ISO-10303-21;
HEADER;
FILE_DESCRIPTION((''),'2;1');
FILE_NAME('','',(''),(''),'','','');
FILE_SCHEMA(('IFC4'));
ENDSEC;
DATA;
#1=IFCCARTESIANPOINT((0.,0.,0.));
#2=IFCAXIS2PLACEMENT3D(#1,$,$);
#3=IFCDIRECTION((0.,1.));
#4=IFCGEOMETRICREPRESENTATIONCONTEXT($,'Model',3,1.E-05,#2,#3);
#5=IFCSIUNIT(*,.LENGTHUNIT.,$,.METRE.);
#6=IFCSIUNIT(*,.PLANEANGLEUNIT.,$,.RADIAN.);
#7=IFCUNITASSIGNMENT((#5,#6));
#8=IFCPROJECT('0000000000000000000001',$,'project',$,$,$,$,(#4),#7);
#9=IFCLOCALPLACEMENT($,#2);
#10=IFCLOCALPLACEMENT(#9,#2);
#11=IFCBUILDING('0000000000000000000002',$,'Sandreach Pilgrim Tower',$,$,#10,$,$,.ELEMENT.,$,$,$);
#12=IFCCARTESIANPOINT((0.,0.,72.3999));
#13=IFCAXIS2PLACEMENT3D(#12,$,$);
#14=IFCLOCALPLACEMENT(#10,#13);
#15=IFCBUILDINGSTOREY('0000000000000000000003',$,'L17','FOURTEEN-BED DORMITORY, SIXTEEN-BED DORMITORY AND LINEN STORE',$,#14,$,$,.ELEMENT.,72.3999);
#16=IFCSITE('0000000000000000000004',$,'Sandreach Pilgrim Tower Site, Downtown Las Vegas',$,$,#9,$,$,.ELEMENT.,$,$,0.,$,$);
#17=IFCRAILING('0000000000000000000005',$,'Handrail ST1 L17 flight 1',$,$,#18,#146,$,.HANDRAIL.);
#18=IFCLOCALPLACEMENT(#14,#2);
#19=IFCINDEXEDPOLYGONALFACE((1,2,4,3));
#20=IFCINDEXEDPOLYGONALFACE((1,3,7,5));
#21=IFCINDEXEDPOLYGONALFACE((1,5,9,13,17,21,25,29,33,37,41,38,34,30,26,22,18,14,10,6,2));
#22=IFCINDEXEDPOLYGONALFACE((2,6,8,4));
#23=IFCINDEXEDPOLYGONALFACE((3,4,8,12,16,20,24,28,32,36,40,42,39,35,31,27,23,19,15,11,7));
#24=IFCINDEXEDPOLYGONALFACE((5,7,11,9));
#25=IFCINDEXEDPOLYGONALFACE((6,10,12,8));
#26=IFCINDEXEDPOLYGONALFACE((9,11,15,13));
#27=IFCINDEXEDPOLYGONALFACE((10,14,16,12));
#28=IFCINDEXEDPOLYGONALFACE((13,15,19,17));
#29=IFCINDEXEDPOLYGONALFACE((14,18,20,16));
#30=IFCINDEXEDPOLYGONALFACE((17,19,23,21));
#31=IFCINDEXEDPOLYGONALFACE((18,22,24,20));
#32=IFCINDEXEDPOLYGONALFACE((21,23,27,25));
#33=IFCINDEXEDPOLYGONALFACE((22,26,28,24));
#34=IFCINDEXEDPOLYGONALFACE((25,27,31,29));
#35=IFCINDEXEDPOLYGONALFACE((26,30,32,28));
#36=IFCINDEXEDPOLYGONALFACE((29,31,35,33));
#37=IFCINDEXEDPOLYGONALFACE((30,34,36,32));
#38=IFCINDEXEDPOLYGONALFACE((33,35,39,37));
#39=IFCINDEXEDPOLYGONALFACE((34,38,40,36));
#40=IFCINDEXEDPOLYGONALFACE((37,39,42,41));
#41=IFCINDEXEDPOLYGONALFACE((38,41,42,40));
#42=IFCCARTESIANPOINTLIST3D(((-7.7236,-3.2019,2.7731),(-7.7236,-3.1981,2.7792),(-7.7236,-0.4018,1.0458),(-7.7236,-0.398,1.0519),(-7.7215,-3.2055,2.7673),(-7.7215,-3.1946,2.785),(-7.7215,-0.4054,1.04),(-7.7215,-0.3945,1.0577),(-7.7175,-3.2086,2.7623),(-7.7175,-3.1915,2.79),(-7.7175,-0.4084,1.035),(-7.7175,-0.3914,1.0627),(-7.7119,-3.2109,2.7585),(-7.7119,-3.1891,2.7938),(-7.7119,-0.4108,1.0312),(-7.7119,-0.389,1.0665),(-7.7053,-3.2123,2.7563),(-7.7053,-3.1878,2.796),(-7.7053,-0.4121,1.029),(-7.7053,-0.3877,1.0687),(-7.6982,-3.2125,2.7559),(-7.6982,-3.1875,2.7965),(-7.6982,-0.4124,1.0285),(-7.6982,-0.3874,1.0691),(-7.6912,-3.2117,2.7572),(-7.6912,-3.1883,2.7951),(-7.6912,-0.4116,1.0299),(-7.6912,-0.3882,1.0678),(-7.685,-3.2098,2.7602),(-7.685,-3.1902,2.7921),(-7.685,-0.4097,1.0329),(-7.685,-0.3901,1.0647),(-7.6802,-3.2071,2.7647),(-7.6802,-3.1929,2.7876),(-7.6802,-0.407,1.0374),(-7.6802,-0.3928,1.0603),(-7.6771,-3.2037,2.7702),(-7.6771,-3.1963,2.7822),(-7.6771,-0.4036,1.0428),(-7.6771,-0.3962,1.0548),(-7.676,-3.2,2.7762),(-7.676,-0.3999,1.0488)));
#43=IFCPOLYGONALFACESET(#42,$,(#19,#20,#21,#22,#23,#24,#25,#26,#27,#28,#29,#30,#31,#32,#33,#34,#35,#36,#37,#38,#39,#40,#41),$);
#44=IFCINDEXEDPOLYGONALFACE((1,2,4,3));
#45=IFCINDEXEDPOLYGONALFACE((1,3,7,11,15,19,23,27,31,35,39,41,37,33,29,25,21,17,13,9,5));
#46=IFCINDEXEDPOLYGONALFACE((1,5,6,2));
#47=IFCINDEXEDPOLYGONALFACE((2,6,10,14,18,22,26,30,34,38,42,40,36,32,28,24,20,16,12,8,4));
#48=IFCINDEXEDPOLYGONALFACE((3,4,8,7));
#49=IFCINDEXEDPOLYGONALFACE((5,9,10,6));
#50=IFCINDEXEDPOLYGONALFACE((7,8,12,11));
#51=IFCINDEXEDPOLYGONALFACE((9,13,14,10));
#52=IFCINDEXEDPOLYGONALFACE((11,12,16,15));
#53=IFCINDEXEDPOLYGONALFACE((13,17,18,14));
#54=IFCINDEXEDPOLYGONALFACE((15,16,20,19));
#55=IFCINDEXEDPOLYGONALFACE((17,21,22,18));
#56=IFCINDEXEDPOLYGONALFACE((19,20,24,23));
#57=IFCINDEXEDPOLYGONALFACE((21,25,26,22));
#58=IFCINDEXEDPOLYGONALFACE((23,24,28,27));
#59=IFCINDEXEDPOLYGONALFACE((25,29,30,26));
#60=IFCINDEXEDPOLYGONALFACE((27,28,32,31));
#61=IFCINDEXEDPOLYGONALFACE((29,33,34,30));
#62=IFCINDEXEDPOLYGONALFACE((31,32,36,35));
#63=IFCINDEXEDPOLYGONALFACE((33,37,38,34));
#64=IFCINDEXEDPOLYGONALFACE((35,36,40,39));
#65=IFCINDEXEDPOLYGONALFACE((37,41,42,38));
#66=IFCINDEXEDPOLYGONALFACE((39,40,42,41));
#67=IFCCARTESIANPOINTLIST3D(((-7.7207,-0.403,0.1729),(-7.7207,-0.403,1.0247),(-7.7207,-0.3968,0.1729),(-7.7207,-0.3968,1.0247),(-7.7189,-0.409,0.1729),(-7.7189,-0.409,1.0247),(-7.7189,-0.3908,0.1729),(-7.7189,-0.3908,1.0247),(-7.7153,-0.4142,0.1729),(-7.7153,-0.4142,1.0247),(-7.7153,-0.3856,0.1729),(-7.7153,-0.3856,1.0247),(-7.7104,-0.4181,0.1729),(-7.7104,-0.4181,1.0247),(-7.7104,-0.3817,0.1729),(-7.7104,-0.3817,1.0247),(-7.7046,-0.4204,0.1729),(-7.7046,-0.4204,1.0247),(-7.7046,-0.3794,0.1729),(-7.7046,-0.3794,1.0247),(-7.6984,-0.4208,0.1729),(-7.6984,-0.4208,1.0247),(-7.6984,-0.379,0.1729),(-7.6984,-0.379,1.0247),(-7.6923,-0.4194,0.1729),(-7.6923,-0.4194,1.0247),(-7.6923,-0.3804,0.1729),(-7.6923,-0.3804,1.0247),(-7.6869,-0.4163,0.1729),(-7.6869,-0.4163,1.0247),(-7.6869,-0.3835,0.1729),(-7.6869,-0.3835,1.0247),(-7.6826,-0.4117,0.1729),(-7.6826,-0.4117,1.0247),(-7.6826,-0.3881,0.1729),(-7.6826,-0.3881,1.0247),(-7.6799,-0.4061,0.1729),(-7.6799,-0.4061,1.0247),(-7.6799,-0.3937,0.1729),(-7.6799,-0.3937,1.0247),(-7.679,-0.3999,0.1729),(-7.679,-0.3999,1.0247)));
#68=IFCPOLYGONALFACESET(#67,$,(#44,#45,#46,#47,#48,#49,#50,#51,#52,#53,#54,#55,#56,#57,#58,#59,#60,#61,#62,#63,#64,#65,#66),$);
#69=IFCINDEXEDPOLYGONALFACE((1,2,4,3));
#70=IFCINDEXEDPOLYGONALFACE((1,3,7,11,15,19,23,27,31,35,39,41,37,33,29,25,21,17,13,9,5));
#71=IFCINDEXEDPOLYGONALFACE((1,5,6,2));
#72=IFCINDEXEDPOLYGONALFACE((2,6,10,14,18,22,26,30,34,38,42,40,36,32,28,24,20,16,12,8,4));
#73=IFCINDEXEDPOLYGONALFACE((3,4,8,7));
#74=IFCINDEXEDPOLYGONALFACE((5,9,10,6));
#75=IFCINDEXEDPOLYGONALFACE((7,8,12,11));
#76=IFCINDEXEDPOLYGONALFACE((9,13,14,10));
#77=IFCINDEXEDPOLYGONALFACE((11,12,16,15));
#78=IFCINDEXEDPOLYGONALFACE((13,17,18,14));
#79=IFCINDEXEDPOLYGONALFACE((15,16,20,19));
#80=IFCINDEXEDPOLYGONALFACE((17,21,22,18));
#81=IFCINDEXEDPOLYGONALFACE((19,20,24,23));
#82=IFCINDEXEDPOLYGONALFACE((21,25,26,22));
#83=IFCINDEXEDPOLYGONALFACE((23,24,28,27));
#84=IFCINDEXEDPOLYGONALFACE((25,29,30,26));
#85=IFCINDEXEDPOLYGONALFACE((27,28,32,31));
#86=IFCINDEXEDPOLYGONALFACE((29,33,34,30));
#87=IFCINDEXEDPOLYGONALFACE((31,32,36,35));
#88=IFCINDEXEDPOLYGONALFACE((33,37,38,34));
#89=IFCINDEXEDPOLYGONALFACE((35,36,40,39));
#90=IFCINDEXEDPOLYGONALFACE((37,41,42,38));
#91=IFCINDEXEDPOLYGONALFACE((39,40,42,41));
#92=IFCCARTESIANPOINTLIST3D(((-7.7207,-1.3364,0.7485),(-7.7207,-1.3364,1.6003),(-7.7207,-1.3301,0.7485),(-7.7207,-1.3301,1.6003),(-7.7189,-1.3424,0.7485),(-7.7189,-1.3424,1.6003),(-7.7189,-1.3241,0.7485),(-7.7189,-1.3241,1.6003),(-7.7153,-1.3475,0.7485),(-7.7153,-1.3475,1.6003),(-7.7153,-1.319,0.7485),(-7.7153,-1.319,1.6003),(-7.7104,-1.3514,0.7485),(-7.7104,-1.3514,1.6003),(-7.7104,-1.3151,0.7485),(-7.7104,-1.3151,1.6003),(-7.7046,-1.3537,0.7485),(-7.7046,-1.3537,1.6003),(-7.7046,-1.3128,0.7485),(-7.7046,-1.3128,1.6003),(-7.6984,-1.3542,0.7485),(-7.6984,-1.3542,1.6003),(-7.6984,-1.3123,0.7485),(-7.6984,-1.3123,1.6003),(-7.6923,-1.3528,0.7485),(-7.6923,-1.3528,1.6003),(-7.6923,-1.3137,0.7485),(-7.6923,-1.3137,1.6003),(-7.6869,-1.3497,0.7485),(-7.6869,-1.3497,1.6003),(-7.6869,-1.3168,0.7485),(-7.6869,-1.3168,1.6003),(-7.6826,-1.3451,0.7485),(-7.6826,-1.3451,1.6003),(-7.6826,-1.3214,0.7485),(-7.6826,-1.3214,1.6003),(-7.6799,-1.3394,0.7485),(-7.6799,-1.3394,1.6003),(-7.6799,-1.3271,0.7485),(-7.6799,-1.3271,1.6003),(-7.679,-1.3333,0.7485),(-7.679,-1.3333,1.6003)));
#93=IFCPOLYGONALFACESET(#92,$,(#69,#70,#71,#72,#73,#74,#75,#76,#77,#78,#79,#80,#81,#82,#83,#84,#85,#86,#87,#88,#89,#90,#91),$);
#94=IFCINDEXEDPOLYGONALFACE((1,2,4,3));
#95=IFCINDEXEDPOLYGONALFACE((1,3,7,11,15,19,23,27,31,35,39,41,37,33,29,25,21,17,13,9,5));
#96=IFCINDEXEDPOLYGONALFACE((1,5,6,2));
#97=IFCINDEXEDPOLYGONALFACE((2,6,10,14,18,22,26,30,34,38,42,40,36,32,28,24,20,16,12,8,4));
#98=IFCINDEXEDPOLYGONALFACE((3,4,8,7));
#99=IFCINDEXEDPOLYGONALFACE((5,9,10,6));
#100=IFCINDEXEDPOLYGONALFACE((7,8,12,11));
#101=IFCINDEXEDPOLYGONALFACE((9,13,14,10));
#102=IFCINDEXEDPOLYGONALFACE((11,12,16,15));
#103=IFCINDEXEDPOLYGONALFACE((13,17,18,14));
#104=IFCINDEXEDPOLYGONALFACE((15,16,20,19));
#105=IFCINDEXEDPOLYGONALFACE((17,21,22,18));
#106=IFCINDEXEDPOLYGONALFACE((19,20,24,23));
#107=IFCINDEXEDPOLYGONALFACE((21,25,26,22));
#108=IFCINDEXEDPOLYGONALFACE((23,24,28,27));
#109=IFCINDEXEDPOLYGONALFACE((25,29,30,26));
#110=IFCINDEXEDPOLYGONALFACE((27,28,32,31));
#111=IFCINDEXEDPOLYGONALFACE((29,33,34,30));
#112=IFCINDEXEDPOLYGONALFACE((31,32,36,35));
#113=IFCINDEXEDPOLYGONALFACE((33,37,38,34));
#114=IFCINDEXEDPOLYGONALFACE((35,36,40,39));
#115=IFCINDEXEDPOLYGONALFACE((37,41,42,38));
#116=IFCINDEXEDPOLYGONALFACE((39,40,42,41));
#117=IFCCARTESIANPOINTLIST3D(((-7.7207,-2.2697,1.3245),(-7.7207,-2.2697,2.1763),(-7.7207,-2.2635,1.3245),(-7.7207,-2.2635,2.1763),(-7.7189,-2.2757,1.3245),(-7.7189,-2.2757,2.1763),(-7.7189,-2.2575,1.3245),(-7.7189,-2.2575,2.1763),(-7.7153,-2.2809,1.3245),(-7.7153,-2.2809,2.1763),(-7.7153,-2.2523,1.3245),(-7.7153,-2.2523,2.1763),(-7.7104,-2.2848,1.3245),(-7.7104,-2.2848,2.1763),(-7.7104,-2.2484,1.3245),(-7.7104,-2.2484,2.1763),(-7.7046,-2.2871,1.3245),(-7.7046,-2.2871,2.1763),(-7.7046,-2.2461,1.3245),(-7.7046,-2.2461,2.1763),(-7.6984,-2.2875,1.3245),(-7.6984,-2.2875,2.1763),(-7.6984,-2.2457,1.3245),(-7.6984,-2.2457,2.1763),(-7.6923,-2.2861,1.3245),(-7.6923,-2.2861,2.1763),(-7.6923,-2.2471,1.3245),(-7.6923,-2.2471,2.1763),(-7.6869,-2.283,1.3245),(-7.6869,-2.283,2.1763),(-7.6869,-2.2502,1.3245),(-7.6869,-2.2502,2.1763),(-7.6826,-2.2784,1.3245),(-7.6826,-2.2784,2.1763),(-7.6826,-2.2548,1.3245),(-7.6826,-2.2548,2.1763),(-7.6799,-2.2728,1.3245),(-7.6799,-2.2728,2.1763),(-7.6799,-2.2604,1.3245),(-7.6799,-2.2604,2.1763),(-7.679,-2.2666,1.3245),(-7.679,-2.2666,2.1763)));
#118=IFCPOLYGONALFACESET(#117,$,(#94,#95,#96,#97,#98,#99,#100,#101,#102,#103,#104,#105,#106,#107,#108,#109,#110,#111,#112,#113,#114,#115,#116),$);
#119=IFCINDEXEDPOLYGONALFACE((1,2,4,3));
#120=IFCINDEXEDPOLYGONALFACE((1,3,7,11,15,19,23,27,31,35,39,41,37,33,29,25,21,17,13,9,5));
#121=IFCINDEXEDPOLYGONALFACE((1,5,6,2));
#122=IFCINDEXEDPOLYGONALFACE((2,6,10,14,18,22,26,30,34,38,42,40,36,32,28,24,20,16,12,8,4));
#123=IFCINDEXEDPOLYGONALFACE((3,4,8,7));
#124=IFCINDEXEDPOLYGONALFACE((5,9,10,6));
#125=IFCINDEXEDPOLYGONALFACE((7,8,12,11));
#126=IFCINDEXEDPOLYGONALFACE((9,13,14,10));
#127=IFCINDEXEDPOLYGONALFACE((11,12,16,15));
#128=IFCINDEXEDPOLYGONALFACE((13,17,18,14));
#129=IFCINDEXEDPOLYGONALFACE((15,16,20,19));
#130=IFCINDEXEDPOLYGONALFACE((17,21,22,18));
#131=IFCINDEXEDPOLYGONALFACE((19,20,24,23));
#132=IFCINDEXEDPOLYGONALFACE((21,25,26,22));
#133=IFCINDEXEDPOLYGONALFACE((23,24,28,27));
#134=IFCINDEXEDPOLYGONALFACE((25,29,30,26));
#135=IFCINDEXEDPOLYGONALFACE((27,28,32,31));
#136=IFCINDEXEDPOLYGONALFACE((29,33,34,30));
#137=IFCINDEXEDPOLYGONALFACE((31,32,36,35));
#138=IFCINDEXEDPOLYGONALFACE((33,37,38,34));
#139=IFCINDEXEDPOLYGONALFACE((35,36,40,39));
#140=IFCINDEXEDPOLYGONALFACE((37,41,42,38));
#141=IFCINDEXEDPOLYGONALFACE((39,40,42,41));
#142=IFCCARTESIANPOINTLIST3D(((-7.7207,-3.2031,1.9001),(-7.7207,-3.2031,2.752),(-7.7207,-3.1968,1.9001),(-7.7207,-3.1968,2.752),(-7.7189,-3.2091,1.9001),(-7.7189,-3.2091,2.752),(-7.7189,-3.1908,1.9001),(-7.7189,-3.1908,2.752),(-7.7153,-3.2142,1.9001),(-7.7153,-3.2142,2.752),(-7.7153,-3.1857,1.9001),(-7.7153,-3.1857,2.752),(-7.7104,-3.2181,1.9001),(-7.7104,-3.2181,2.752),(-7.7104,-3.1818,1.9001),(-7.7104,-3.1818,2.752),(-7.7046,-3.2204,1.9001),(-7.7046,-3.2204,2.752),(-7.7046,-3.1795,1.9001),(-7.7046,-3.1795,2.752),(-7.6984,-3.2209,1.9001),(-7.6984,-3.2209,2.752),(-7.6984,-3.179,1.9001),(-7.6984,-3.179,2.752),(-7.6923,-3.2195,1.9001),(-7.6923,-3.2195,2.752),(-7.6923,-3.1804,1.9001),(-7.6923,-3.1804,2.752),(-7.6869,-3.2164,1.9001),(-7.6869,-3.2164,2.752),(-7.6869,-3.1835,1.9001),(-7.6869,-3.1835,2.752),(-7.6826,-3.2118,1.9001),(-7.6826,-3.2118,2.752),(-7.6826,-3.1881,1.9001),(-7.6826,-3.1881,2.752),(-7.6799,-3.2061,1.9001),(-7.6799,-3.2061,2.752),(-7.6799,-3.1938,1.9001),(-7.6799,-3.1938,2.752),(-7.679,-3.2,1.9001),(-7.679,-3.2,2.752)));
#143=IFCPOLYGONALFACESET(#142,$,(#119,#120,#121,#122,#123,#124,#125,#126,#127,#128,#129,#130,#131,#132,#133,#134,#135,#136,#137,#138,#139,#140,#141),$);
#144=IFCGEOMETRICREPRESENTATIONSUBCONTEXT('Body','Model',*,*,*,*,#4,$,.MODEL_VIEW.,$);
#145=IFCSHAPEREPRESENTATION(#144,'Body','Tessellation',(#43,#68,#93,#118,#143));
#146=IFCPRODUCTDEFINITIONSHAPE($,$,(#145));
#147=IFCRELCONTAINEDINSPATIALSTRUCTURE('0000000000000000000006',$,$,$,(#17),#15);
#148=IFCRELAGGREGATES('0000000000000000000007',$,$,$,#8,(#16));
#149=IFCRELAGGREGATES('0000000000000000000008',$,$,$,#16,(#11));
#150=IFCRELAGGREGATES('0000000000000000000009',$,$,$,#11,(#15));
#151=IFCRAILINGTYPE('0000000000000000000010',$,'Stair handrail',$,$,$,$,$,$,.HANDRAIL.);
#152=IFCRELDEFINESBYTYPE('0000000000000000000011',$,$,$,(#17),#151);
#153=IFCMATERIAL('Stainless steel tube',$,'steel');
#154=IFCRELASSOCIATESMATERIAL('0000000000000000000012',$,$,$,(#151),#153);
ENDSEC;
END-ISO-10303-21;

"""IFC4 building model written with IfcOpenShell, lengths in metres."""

from ifc_helpers import new_model, si_unit, direction, frame, origin, origin_2d, place, context, subcontext, project, spatial, circle, extrude, material, type_object, element, save


model = new_model("IFC4")

# Units and contexts
model_context = context("Model", 3, precision=1e-05, world=origin(), true_north=direction((0.0, 1.0)))
body_context = subcontext(model_context, "Body", "Model", "MODEL_VIEW")
ifc_project = project(units=[si_unit("LENGTHUNIT", "METRE"), si_unit("PLANEANGLEUNIT", "RADIAN")], contexts=[model_context])

# Site, building, storey
site_placement = place(None, origin())
site = spatial("IfcSite", under=ifc_project, at=site_placement, Name="Sandreach Pilgrim Tower Site, Downtown Las Vegas", CompositionType="ELEMENT", RefElevation=0.0)
building_placement = place(site_placement, origin())
building = spatial("IfcBuilding", under=site, at=building_placement, Name="Sandreach Pilgrim Tower", CompositionType="ELEMENT")
storey_placement = place(building_placement, frame((0.0, 0.0, 72.3999)))
storey = spatial("IfcBuildingStorey", under=building, at=storey_placement, Name="L17", Description="FOURTEEN-BED DORMITORY, SIXTEEN-BED DORMITORY AND LINEN STORE", CompositionType="ELEMENT", Elevation=72.3999)

# Railing
ifc_material_1 = material(Name="Stainless steel tube", Category="steel")
railing_type = type_object("IfcRailingType", Name="Stair handrail", PredefinedType="HANDRAIL", material=ifc_material_1)
for number, where, name in (
    (1, (-7.7, -0.3999, 0.1729), "Handrail ST1 L17 flight 1"),
):
    element("IfcRailing", number, at=place(storey_placement, frame(where)), inside=storey, type_object=railing_type, Name=name, PredefinedType="HANDRAIL", context=body_context, shape_type="SweptSolid", body=[
        extrude(circle(Radius=0.0239, at=origin_2d()), frame((0.0, 0.0, 0.876), z_axis=(0.0, -0.85109, 0.52502), x_axis=(1.0, 0.0, 0.0)), (0.0, 0.0, 1.0), 3.29),
        extrude(circle(Radius=0.021, at=origin_2d()), origin(), (0.0, 0.0, 1.0), 0.8518),
        extrude(circle(Radius=0.021, at=origin_2d()), frame((0.0, -0.9333, 0.5757)), (0.0, 0.0, 1.0), 0.8518),
        extrude(circle(Radius=0.021, at=origin_2d()), frame((0.0, -1.8667, 1.1516)), (0.0, 0.0, 1.0), 0.8518),
        extrude(circle(Radius=0.021, at=origin_2d()), frame((0.0, -2.8, 1.7273)), (0.0, 0.0, 1.0), 0.8518),
    ])

save(model, "model.ifc")
